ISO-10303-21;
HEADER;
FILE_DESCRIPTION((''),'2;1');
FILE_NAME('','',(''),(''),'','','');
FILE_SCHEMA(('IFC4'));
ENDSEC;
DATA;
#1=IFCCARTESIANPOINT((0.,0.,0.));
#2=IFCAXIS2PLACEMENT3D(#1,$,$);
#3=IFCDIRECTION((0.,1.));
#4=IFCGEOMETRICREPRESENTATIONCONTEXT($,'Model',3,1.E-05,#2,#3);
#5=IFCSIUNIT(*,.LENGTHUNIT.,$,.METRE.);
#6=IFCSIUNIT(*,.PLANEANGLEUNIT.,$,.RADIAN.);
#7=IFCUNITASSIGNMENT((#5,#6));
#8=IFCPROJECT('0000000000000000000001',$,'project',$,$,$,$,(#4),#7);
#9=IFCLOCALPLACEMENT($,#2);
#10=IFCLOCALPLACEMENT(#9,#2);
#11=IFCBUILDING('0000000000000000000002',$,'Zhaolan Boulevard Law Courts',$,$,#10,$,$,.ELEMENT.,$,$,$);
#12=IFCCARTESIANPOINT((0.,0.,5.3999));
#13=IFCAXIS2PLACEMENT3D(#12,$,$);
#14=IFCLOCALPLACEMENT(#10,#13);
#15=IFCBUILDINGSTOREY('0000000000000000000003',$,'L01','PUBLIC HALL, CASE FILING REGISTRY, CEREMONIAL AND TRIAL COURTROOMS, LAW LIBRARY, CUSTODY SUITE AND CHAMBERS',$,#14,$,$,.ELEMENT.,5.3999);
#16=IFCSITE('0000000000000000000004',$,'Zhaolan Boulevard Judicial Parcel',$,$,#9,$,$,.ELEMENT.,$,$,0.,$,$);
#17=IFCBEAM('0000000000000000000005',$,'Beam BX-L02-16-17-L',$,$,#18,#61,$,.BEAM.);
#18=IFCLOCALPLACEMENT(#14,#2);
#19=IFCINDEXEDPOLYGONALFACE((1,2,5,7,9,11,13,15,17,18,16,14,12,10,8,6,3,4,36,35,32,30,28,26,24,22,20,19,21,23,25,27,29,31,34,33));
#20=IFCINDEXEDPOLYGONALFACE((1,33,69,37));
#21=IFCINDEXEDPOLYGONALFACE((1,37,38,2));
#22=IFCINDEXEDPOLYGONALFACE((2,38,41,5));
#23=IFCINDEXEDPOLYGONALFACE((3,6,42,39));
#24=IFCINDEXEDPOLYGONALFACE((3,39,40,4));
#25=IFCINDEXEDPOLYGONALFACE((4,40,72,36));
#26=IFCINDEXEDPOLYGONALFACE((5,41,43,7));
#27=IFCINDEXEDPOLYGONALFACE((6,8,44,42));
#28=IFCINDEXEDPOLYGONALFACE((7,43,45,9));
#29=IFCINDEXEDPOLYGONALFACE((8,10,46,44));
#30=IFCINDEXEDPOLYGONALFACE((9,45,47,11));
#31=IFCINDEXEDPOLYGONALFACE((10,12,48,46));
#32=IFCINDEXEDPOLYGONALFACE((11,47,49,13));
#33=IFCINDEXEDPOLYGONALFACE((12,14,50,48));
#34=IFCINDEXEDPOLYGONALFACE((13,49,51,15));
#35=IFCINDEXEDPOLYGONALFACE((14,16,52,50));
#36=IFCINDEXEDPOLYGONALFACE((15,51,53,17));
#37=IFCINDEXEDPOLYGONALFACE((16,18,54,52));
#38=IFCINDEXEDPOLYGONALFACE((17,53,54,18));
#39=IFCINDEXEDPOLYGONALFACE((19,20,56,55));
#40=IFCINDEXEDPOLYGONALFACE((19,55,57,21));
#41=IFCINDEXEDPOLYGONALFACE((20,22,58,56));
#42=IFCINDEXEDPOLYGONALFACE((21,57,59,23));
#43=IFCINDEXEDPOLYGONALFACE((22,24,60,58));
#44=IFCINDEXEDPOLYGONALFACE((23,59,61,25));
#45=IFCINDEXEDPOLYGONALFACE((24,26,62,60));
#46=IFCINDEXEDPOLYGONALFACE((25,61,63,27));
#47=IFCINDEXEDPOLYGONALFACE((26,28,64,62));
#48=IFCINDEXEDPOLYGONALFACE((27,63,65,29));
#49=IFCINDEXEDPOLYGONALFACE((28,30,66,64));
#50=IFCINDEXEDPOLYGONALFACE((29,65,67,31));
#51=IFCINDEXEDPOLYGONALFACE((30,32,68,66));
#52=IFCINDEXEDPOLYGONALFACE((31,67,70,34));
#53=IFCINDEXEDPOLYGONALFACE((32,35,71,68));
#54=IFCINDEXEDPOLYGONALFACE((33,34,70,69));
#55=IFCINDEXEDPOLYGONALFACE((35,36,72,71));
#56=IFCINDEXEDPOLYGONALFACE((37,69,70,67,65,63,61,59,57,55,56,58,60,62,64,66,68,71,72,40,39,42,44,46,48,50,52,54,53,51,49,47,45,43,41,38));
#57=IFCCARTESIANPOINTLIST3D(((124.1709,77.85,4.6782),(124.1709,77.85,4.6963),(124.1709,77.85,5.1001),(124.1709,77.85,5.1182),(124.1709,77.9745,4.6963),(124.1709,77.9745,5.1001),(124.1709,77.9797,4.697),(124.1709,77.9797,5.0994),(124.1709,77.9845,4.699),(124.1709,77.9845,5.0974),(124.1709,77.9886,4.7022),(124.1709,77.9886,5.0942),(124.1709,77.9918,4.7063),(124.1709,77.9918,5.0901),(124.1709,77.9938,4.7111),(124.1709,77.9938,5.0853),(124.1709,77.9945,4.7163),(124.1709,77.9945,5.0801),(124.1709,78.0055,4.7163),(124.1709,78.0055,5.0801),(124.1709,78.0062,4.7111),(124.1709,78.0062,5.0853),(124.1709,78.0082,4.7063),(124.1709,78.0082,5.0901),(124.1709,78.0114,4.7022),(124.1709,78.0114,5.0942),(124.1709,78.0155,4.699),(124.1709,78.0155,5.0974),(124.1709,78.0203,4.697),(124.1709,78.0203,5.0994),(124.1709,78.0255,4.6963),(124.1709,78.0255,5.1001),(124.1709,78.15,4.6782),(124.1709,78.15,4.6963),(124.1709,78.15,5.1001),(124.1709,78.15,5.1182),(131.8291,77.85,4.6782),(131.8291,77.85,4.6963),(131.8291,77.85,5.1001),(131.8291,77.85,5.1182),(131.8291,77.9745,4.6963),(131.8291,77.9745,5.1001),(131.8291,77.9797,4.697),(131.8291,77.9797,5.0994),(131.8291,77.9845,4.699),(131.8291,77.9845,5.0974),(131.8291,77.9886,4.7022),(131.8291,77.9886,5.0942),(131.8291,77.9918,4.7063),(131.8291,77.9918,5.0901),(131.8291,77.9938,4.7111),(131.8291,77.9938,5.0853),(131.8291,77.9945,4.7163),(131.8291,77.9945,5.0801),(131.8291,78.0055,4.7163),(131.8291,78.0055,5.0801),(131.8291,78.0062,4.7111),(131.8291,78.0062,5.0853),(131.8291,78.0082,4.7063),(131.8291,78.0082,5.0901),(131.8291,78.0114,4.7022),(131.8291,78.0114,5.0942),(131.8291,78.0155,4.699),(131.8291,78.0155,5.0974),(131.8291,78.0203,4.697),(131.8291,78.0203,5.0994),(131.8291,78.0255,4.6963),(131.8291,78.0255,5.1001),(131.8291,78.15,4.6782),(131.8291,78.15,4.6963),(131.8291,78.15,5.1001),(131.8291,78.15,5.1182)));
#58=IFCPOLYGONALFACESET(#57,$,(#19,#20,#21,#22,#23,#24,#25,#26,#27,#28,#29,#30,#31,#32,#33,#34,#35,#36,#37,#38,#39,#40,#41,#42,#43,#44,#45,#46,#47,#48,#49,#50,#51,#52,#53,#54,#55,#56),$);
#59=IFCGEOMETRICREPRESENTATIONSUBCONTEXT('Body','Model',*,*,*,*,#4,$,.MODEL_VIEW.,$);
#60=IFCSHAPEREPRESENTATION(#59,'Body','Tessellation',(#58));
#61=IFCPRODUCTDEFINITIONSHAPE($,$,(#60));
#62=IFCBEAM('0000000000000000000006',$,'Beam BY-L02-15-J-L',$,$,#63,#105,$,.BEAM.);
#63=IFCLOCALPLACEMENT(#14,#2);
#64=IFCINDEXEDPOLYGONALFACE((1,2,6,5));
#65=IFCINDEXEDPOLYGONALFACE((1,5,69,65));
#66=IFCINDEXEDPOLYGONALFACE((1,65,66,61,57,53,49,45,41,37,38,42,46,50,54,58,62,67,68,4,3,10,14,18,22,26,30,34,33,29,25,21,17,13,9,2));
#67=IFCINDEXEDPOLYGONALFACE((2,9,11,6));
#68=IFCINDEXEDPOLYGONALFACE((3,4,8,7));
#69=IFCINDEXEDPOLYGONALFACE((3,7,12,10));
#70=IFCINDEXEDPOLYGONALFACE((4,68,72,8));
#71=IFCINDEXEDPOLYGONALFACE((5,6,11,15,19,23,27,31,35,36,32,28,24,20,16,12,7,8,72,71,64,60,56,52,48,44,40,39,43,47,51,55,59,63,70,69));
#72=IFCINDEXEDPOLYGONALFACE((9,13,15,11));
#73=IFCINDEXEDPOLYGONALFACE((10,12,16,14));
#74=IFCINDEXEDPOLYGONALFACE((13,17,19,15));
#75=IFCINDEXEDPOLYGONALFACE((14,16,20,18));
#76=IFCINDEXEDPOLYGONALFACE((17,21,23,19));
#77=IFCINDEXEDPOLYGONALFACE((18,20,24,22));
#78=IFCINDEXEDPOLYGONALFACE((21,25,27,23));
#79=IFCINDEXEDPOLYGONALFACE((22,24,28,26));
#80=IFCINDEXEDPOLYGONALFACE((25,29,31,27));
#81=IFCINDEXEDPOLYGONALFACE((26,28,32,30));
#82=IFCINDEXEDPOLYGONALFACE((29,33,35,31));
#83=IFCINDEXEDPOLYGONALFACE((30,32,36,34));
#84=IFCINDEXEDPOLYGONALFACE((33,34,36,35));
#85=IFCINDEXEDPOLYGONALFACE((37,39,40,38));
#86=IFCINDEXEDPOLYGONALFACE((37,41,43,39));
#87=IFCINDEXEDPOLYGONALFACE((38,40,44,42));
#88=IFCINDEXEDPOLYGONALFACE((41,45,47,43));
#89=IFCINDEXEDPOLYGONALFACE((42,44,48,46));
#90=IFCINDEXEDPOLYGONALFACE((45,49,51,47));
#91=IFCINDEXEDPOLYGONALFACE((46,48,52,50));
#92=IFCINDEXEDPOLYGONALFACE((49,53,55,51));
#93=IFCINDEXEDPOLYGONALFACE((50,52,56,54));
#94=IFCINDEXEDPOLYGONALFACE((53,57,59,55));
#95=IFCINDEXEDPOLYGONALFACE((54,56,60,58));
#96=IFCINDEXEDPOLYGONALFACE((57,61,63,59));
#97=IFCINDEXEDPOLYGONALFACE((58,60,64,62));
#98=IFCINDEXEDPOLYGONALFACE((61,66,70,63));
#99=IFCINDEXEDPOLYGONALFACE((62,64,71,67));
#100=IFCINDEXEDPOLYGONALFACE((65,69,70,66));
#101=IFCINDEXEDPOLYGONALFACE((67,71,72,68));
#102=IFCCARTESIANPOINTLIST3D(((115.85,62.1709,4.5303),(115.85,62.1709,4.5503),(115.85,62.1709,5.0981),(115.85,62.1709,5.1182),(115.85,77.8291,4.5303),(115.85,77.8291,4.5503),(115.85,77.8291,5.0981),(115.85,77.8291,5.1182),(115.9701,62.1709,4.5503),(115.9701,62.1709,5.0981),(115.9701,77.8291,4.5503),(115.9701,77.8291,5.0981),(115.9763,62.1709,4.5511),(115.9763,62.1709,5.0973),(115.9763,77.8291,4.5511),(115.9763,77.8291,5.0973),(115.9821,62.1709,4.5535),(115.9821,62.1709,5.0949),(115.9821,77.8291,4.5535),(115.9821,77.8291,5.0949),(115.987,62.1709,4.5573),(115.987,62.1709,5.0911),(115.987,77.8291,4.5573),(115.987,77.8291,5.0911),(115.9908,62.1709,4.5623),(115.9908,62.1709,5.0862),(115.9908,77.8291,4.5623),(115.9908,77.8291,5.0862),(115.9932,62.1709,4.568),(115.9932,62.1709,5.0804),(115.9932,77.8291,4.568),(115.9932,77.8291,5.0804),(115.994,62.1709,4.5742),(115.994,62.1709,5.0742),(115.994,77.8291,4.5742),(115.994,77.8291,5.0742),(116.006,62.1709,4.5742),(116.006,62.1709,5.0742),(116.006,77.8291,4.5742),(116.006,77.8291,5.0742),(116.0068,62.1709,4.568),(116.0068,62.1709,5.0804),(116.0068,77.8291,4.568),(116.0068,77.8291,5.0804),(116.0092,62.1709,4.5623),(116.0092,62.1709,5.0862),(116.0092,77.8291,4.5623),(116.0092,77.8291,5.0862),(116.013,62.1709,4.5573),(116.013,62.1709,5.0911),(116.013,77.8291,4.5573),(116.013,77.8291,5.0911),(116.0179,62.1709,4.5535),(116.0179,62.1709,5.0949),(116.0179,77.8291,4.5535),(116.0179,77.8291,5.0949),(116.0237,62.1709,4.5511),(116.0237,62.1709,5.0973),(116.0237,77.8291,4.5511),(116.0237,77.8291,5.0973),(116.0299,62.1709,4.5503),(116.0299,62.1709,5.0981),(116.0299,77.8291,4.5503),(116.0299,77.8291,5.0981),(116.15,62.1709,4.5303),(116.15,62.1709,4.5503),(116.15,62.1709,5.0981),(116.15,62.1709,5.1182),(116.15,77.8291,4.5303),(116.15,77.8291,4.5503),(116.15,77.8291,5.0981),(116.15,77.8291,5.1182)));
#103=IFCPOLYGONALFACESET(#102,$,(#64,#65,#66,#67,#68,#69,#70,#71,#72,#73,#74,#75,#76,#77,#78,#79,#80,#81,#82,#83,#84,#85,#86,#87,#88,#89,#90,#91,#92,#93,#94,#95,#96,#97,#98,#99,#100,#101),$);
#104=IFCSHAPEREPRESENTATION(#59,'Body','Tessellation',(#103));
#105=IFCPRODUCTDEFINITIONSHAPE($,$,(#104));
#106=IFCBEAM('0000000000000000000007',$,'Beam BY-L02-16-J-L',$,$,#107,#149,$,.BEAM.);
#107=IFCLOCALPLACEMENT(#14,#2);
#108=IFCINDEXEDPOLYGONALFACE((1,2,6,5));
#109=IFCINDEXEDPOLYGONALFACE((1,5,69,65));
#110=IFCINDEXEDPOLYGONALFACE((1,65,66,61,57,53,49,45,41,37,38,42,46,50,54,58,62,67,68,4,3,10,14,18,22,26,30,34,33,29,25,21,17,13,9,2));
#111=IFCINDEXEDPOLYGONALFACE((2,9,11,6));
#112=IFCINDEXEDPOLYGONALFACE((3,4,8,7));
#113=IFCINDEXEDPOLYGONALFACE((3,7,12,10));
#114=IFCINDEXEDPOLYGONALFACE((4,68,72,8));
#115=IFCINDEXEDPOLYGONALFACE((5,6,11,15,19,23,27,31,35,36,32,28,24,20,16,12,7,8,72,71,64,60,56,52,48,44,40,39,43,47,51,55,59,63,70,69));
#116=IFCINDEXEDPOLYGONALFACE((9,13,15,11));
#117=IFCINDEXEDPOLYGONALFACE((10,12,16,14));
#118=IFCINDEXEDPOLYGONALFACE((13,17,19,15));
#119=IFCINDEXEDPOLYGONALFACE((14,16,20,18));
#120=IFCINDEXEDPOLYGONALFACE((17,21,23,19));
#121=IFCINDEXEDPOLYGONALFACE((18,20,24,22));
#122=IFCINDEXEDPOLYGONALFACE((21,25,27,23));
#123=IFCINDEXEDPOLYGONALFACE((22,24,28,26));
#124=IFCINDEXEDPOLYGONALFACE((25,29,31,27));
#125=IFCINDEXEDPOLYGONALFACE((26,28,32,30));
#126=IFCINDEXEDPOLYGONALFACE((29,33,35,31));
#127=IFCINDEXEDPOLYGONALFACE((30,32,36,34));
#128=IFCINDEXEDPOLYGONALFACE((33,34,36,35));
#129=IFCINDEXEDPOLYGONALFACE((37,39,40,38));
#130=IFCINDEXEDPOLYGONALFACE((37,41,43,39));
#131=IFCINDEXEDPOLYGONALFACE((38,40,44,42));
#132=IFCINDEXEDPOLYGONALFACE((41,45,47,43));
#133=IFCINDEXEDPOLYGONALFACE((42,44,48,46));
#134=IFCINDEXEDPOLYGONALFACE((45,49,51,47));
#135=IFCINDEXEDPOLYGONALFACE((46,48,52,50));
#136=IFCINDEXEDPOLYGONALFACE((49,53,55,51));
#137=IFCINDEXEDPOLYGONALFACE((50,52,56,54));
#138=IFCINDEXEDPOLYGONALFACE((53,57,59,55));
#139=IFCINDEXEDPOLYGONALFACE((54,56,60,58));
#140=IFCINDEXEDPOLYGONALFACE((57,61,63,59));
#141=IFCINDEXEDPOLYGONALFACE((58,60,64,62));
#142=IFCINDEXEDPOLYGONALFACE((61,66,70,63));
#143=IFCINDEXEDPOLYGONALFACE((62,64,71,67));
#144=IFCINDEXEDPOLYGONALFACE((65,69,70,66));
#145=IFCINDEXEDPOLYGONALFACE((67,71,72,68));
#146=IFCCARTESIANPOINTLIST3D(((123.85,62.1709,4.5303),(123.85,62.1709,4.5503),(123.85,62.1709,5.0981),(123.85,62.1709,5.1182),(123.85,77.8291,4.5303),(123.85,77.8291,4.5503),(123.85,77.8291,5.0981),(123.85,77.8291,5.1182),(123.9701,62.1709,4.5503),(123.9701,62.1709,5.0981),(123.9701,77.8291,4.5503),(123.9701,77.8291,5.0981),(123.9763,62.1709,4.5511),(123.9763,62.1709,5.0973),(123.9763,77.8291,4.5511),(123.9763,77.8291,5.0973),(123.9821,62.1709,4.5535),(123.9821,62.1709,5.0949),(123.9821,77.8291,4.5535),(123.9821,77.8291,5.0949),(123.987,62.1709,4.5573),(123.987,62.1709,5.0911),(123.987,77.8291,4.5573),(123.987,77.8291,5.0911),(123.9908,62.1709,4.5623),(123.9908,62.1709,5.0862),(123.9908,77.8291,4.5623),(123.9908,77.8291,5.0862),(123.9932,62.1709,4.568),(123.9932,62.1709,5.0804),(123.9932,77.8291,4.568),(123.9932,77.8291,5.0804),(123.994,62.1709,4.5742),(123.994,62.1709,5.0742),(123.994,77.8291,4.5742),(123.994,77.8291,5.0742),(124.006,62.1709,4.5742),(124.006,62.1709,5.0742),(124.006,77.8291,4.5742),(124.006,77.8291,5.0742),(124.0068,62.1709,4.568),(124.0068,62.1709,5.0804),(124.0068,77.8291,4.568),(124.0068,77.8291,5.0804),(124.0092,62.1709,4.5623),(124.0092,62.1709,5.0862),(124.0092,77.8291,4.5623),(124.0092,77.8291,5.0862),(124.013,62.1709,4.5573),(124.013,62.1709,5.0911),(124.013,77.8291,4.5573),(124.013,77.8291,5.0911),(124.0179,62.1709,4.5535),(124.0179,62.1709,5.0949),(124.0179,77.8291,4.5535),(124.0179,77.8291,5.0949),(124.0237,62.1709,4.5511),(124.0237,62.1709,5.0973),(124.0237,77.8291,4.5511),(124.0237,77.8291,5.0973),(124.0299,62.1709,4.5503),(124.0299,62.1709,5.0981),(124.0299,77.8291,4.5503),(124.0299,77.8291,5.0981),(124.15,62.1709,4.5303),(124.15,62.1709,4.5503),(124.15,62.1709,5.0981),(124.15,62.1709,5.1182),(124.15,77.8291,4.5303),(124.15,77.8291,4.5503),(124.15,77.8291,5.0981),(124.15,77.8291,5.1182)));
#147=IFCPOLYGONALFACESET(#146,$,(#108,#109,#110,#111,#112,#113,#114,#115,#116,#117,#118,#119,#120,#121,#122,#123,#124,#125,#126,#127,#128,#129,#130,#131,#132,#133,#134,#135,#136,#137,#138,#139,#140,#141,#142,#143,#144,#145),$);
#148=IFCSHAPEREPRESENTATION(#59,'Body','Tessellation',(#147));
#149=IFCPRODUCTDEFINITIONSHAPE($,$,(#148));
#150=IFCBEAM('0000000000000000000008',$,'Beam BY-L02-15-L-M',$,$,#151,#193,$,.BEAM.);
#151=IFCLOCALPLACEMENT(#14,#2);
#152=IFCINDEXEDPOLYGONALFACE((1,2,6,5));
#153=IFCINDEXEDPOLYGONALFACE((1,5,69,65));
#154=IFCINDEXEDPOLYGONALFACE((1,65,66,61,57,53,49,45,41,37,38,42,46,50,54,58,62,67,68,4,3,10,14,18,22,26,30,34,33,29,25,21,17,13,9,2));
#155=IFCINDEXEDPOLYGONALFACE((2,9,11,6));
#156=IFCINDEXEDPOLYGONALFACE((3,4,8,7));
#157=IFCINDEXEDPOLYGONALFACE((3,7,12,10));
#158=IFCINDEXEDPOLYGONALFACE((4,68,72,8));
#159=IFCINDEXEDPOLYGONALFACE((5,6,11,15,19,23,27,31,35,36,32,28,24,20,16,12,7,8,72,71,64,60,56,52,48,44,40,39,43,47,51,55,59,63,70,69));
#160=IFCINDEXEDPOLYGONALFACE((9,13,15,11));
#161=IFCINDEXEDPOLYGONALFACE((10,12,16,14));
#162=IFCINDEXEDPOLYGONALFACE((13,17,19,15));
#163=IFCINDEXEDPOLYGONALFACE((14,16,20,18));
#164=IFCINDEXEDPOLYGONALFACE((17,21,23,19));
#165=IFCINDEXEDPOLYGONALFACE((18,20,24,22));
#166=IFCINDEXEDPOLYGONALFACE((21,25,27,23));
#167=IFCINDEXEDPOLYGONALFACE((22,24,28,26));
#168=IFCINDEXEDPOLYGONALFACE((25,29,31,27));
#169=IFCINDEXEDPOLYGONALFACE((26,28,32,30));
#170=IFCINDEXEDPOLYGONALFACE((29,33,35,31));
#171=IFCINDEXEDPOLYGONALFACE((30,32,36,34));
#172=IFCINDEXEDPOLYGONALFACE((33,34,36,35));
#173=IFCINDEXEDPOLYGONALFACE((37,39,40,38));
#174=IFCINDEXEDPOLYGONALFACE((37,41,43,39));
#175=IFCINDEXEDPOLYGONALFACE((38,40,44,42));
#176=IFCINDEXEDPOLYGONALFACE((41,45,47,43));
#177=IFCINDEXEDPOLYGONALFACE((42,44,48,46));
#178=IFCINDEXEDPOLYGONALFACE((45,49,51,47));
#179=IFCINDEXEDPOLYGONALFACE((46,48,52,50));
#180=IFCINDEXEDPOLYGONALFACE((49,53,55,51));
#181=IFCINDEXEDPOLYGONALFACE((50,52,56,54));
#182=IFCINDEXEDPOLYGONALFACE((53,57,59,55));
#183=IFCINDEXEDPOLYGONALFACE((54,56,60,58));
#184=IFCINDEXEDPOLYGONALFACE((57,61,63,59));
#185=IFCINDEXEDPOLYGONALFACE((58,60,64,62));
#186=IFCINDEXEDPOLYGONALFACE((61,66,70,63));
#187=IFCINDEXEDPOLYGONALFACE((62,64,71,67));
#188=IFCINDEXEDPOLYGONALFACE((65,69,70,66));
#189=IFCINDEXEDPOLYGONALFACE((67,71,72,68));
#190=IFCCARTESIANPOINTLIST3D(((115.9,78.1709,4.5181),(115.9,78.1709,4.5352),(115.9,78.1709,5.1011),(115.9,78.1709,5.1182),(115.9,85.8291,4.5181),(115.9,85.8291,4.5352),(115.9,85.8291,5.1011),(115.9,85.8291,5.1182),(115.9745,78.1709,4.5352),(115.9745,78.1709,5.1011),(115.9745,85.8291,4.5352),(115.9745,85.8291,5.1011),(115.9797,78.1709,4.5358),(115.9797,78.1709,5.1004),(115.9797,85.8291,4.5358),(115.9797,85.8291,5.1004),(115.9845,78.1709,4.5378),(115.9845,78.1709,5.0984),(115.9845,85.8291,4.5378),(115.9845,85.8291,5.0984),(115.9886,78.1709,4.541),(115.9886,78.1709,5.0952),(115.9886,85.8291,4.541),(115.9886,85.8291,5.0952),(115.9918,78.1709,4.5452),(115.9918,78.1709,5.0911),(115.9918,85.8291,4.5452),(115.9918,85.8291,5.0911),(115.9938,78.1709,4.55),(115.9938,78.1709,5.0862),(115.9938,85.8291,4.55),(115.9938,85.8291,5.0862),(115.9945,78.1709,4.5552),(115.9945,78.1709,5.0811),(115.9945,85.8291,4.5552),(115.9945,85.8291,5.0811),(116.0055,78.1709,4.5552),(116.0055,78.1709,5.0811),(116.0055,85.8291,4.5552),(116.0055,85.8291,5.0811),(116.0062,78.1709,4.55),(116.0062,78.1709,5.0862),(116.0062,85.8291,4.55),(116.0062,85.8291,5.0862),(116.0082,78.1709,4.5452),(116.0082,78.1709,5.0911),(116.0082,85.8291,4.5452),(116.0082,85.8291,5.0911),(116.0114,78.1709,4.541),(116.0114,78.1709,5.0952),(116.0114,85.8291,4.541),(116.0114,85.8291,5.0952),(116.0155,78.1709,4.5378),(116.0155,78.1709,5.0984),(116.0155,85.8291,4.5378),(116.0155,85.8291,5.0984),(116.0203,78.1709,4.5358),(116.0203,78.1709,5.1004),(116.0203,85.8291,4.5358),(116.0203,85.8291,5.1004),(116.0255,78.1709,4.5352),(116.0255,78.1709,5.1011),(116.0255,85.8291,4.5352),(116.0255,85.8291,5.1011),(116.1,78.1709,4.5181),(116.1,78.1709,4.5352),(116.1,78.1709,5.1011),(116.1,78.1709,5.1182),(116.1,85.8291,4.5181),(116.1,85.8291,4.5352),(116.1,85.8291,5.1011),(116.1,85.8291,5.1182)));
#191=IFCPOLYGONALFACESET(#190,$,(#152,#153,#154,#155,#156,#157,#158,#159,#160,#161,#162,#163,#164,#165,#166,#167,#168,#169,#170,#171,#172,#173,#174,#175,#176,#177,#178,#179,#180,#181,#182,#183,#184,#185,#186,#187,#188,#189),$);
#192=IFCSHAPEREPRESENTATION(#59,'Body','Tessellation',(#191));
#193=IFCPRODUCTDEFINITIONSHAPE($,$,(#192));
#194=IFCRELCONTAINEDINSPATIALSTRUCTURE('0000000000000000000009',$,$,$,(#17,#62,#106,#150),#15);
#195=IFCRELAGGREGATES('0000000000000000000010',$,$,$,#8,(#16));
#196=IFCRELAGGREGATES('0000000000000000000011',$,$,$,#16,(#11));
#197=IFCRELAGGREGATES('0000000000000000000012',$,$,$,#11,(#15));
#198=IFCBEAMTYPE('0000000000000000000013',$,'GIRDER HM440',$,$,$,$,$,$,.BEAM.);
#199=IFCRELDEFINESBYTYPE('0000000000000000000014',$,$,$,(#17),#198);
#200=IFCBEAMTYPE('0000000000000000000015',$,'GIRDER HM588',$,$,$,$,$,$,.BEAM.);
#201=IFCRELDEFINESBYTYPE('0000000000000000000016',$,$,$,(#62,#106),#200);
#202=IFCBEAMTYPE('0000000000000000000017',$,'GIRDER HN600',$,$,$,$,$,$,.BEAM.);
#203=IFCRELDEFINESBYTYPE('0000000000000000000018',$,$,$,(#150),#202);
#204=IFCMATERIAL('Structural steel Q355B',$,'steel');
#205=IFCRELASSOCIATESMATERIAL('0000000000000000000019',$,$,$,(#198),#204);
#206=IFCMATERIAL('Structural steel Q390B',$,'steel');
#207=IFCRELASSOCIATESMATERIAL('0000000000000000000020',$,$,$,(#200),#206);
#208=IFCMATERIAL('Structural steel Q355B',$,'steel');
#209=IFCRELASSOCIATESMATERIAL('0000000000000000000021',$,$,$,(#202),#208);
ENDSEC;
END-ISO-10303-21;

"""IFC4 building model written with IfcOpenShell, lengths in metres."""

from ifc_helpers import new_model, si_unit, direction, frame, origin, origin_2d, place, context, subcontext, project, spatial, i_section, extrude, material, material_profile, profile_set, type_object, element, save


model = new_model("IFC4")

# Units and contexts
model_context = context("Model", 3, precision=1e-05, world=origin(), true_north=direction((0.0, 1.0)))
body_context = subcontext(model_context, "Body", "Model", "MODEL_VIEW")
ifc_project = project(units=[si_unit("LENGTHUNIT", "METRE"), si_unit("PLANEANGLEUNIT", "RADIAN")], contexts=[model_context])

# Site, building, storey
site_placement = place(None, origin())
site = spatial("IfcSite", under=ifc_project, at=site_placement, Name="Zhaolan Boulevard Judicial Parcel", CompositionType="ELEMENT", RefElevation=0.0)
building_placement = place(site_placement, origin())
building = spatial("IfcBuilding", under=site, at=building_placement, Name="Zhaolan Boulevard Law Courts", CompositionType="ELEMENT")
storey_placement = place(building_placement, frame((0.0, 0.0, 5.3999)))
storey = spatial("IfcBuildingStorey", under=building, at=storey_placement, Name="L01", Description="PUBLIC HALL, CASE FILING REGISTRY, CEREMONIAL AND TRIAL COURTROOMS, LAW LIBRARY, CUSTODY SUITE AND CHAMBERS", CompositionType="ELEMENT", Elevation=5.3999)

# Beams
ifc_material_1 = material(Name="Structural steel Q355B", Category="steel")
ifc_material_profile_1 = material_profile(ifc_material_1, i_section(OverallWidth=0.3, OverallDepth=0.4399, WebThickness=0.011, FlangeThickness=0.0181, FilletRadius=0.02, at=origin_2d()), Name="HM440x300")
ifc_profile_set_1 = profile_set([ifc_material_profile_1], Name="Structural steel Q355B")
beam_type_1 = type_object("IfcBeamType", Name="GIRDER HM440", PredefinedType="BEAM", material=ifc_profile_set_1)
for number, where, z_axis, x_axis, name in (
    (1, (124.1709, 78.0, 4.8982), (1.0, 0.0, 0.0), (0.0, 1.0, 0.0), "Beam BX-L02-16-17-L"),
):
    element("IfcBeam", number, at=place(storey_placement, frame(where, z_axis=z_axis, x_axis=x_axis)), inside=storey, type_object=beam_type_1, Name=name, PredefinedType="BEAM", context=body_context, shape_type="SweptSolid", body=[
        extrude(i_section(OverallWidth=0.3, OverallDepth=0.4399, WebThickness=0.011, FlangeThickness=0.0181, FilletRadius=0.02, at=origin_2d()), origin(), (0.0, 0.0, 1.0), 7.6582),
    ])
ifc_material_2 = material(Name="Structural steel Q390B", Category="steel")
ifc_material_profile_2 = material_profile(ifc_material_2, i_section(OverallWidth=0.3, OverallDepth=0.5879, WebThickness=0.012, FlangeThickness=0.02, FilletRadius=0.0239, at=origin_2d()), Name="HM588x300")
ifc_profile_set_2 = profile_set([ifc_material_profile_2], Name="Structural steel Q390B")
beam_type_2 = type_object("IfcBeamType", Name="GIRDER HM588", PredefinedType="BEAM", material=ifc_profile_set_2)
for number, where, z_axis, x_axis, name in (
    (2, (116.0, 62.1709, 4.8242), (0.0, 1.0, 0.0), (-1.0, 0.0, 0.0), "Beam BY-L02-15-J-L"),
    (3, (124.0, 62.1709, 4.8242), (0.0, 1.0, 0.0), (-1.0, 0.0, 0.0), "Beam BY-L02-16-J-L"),
):
    element("IfcBeam", number, at=place(storey_placement, frame(where, z_axis=z_axis, x_axis=x_axis)), inside=storey, type_object=beam_type_2, Name=name, PredefinedType="BEAM", context=body_context, shape_type="SweptSolid", body=[
        extrude(i_section(OverallWidth=0.3, OverallDepth=0.5879, WebThickness=0.012, FlangeThickness=0.02, FilletRadius=0.0239, at=origin_2d()), origin(), (0.0, 0.0, 1.0), 15.6582),
    ])
ifc_material_3 = material(Name="Structural steel Q355B", Category="steel")
ifc_material_profile_3 = material_profile(ifc_material_3, i_section(OverallWidth=0.2, OverallDepth=0.6001, WebThickness=0.011, FlangeThickness=0.0171, FilletRadius=0.02, at=origin_2d()), Name="HN600x200")
ifc_profile_set_3 = profile_set([ifc_material_profile_3], Name="Structural steel Q355B")
beam_type_3 = type_object("IfcBeamType", Name="GIRDER HN600", PredefinedType="BEAM", material=ifc_profile_set_3)
for number, where, z_axis, x_axis, name in (
    (4, (116.0, 78.1709, 4.8181), (0.0, 1.0, 0.0), (-1.0, 0.0, 0.0), "Beam BY-L02-15-L-M"),
):
    element("IfcBeam", number, at=place(storey_placement, frame(where, z_axis=z_axis, x_axis=x_axis)), inside=storey, type_object=beam_type_3, Name=name, PredefinedType="BEAM", context=body_context, shape_type="SweptSolid", body=[
        extrude(i_section(OverallWidth=0.2, OverallDepth=0.6001, WebThickness=0.011, FlangeThickness=0.0171, FilletRadius=0.02, at=origin_2d()), origin(), (0.0, 0.0, 1.0), 7.6582),
    ])

save(model, "model.ifc")
